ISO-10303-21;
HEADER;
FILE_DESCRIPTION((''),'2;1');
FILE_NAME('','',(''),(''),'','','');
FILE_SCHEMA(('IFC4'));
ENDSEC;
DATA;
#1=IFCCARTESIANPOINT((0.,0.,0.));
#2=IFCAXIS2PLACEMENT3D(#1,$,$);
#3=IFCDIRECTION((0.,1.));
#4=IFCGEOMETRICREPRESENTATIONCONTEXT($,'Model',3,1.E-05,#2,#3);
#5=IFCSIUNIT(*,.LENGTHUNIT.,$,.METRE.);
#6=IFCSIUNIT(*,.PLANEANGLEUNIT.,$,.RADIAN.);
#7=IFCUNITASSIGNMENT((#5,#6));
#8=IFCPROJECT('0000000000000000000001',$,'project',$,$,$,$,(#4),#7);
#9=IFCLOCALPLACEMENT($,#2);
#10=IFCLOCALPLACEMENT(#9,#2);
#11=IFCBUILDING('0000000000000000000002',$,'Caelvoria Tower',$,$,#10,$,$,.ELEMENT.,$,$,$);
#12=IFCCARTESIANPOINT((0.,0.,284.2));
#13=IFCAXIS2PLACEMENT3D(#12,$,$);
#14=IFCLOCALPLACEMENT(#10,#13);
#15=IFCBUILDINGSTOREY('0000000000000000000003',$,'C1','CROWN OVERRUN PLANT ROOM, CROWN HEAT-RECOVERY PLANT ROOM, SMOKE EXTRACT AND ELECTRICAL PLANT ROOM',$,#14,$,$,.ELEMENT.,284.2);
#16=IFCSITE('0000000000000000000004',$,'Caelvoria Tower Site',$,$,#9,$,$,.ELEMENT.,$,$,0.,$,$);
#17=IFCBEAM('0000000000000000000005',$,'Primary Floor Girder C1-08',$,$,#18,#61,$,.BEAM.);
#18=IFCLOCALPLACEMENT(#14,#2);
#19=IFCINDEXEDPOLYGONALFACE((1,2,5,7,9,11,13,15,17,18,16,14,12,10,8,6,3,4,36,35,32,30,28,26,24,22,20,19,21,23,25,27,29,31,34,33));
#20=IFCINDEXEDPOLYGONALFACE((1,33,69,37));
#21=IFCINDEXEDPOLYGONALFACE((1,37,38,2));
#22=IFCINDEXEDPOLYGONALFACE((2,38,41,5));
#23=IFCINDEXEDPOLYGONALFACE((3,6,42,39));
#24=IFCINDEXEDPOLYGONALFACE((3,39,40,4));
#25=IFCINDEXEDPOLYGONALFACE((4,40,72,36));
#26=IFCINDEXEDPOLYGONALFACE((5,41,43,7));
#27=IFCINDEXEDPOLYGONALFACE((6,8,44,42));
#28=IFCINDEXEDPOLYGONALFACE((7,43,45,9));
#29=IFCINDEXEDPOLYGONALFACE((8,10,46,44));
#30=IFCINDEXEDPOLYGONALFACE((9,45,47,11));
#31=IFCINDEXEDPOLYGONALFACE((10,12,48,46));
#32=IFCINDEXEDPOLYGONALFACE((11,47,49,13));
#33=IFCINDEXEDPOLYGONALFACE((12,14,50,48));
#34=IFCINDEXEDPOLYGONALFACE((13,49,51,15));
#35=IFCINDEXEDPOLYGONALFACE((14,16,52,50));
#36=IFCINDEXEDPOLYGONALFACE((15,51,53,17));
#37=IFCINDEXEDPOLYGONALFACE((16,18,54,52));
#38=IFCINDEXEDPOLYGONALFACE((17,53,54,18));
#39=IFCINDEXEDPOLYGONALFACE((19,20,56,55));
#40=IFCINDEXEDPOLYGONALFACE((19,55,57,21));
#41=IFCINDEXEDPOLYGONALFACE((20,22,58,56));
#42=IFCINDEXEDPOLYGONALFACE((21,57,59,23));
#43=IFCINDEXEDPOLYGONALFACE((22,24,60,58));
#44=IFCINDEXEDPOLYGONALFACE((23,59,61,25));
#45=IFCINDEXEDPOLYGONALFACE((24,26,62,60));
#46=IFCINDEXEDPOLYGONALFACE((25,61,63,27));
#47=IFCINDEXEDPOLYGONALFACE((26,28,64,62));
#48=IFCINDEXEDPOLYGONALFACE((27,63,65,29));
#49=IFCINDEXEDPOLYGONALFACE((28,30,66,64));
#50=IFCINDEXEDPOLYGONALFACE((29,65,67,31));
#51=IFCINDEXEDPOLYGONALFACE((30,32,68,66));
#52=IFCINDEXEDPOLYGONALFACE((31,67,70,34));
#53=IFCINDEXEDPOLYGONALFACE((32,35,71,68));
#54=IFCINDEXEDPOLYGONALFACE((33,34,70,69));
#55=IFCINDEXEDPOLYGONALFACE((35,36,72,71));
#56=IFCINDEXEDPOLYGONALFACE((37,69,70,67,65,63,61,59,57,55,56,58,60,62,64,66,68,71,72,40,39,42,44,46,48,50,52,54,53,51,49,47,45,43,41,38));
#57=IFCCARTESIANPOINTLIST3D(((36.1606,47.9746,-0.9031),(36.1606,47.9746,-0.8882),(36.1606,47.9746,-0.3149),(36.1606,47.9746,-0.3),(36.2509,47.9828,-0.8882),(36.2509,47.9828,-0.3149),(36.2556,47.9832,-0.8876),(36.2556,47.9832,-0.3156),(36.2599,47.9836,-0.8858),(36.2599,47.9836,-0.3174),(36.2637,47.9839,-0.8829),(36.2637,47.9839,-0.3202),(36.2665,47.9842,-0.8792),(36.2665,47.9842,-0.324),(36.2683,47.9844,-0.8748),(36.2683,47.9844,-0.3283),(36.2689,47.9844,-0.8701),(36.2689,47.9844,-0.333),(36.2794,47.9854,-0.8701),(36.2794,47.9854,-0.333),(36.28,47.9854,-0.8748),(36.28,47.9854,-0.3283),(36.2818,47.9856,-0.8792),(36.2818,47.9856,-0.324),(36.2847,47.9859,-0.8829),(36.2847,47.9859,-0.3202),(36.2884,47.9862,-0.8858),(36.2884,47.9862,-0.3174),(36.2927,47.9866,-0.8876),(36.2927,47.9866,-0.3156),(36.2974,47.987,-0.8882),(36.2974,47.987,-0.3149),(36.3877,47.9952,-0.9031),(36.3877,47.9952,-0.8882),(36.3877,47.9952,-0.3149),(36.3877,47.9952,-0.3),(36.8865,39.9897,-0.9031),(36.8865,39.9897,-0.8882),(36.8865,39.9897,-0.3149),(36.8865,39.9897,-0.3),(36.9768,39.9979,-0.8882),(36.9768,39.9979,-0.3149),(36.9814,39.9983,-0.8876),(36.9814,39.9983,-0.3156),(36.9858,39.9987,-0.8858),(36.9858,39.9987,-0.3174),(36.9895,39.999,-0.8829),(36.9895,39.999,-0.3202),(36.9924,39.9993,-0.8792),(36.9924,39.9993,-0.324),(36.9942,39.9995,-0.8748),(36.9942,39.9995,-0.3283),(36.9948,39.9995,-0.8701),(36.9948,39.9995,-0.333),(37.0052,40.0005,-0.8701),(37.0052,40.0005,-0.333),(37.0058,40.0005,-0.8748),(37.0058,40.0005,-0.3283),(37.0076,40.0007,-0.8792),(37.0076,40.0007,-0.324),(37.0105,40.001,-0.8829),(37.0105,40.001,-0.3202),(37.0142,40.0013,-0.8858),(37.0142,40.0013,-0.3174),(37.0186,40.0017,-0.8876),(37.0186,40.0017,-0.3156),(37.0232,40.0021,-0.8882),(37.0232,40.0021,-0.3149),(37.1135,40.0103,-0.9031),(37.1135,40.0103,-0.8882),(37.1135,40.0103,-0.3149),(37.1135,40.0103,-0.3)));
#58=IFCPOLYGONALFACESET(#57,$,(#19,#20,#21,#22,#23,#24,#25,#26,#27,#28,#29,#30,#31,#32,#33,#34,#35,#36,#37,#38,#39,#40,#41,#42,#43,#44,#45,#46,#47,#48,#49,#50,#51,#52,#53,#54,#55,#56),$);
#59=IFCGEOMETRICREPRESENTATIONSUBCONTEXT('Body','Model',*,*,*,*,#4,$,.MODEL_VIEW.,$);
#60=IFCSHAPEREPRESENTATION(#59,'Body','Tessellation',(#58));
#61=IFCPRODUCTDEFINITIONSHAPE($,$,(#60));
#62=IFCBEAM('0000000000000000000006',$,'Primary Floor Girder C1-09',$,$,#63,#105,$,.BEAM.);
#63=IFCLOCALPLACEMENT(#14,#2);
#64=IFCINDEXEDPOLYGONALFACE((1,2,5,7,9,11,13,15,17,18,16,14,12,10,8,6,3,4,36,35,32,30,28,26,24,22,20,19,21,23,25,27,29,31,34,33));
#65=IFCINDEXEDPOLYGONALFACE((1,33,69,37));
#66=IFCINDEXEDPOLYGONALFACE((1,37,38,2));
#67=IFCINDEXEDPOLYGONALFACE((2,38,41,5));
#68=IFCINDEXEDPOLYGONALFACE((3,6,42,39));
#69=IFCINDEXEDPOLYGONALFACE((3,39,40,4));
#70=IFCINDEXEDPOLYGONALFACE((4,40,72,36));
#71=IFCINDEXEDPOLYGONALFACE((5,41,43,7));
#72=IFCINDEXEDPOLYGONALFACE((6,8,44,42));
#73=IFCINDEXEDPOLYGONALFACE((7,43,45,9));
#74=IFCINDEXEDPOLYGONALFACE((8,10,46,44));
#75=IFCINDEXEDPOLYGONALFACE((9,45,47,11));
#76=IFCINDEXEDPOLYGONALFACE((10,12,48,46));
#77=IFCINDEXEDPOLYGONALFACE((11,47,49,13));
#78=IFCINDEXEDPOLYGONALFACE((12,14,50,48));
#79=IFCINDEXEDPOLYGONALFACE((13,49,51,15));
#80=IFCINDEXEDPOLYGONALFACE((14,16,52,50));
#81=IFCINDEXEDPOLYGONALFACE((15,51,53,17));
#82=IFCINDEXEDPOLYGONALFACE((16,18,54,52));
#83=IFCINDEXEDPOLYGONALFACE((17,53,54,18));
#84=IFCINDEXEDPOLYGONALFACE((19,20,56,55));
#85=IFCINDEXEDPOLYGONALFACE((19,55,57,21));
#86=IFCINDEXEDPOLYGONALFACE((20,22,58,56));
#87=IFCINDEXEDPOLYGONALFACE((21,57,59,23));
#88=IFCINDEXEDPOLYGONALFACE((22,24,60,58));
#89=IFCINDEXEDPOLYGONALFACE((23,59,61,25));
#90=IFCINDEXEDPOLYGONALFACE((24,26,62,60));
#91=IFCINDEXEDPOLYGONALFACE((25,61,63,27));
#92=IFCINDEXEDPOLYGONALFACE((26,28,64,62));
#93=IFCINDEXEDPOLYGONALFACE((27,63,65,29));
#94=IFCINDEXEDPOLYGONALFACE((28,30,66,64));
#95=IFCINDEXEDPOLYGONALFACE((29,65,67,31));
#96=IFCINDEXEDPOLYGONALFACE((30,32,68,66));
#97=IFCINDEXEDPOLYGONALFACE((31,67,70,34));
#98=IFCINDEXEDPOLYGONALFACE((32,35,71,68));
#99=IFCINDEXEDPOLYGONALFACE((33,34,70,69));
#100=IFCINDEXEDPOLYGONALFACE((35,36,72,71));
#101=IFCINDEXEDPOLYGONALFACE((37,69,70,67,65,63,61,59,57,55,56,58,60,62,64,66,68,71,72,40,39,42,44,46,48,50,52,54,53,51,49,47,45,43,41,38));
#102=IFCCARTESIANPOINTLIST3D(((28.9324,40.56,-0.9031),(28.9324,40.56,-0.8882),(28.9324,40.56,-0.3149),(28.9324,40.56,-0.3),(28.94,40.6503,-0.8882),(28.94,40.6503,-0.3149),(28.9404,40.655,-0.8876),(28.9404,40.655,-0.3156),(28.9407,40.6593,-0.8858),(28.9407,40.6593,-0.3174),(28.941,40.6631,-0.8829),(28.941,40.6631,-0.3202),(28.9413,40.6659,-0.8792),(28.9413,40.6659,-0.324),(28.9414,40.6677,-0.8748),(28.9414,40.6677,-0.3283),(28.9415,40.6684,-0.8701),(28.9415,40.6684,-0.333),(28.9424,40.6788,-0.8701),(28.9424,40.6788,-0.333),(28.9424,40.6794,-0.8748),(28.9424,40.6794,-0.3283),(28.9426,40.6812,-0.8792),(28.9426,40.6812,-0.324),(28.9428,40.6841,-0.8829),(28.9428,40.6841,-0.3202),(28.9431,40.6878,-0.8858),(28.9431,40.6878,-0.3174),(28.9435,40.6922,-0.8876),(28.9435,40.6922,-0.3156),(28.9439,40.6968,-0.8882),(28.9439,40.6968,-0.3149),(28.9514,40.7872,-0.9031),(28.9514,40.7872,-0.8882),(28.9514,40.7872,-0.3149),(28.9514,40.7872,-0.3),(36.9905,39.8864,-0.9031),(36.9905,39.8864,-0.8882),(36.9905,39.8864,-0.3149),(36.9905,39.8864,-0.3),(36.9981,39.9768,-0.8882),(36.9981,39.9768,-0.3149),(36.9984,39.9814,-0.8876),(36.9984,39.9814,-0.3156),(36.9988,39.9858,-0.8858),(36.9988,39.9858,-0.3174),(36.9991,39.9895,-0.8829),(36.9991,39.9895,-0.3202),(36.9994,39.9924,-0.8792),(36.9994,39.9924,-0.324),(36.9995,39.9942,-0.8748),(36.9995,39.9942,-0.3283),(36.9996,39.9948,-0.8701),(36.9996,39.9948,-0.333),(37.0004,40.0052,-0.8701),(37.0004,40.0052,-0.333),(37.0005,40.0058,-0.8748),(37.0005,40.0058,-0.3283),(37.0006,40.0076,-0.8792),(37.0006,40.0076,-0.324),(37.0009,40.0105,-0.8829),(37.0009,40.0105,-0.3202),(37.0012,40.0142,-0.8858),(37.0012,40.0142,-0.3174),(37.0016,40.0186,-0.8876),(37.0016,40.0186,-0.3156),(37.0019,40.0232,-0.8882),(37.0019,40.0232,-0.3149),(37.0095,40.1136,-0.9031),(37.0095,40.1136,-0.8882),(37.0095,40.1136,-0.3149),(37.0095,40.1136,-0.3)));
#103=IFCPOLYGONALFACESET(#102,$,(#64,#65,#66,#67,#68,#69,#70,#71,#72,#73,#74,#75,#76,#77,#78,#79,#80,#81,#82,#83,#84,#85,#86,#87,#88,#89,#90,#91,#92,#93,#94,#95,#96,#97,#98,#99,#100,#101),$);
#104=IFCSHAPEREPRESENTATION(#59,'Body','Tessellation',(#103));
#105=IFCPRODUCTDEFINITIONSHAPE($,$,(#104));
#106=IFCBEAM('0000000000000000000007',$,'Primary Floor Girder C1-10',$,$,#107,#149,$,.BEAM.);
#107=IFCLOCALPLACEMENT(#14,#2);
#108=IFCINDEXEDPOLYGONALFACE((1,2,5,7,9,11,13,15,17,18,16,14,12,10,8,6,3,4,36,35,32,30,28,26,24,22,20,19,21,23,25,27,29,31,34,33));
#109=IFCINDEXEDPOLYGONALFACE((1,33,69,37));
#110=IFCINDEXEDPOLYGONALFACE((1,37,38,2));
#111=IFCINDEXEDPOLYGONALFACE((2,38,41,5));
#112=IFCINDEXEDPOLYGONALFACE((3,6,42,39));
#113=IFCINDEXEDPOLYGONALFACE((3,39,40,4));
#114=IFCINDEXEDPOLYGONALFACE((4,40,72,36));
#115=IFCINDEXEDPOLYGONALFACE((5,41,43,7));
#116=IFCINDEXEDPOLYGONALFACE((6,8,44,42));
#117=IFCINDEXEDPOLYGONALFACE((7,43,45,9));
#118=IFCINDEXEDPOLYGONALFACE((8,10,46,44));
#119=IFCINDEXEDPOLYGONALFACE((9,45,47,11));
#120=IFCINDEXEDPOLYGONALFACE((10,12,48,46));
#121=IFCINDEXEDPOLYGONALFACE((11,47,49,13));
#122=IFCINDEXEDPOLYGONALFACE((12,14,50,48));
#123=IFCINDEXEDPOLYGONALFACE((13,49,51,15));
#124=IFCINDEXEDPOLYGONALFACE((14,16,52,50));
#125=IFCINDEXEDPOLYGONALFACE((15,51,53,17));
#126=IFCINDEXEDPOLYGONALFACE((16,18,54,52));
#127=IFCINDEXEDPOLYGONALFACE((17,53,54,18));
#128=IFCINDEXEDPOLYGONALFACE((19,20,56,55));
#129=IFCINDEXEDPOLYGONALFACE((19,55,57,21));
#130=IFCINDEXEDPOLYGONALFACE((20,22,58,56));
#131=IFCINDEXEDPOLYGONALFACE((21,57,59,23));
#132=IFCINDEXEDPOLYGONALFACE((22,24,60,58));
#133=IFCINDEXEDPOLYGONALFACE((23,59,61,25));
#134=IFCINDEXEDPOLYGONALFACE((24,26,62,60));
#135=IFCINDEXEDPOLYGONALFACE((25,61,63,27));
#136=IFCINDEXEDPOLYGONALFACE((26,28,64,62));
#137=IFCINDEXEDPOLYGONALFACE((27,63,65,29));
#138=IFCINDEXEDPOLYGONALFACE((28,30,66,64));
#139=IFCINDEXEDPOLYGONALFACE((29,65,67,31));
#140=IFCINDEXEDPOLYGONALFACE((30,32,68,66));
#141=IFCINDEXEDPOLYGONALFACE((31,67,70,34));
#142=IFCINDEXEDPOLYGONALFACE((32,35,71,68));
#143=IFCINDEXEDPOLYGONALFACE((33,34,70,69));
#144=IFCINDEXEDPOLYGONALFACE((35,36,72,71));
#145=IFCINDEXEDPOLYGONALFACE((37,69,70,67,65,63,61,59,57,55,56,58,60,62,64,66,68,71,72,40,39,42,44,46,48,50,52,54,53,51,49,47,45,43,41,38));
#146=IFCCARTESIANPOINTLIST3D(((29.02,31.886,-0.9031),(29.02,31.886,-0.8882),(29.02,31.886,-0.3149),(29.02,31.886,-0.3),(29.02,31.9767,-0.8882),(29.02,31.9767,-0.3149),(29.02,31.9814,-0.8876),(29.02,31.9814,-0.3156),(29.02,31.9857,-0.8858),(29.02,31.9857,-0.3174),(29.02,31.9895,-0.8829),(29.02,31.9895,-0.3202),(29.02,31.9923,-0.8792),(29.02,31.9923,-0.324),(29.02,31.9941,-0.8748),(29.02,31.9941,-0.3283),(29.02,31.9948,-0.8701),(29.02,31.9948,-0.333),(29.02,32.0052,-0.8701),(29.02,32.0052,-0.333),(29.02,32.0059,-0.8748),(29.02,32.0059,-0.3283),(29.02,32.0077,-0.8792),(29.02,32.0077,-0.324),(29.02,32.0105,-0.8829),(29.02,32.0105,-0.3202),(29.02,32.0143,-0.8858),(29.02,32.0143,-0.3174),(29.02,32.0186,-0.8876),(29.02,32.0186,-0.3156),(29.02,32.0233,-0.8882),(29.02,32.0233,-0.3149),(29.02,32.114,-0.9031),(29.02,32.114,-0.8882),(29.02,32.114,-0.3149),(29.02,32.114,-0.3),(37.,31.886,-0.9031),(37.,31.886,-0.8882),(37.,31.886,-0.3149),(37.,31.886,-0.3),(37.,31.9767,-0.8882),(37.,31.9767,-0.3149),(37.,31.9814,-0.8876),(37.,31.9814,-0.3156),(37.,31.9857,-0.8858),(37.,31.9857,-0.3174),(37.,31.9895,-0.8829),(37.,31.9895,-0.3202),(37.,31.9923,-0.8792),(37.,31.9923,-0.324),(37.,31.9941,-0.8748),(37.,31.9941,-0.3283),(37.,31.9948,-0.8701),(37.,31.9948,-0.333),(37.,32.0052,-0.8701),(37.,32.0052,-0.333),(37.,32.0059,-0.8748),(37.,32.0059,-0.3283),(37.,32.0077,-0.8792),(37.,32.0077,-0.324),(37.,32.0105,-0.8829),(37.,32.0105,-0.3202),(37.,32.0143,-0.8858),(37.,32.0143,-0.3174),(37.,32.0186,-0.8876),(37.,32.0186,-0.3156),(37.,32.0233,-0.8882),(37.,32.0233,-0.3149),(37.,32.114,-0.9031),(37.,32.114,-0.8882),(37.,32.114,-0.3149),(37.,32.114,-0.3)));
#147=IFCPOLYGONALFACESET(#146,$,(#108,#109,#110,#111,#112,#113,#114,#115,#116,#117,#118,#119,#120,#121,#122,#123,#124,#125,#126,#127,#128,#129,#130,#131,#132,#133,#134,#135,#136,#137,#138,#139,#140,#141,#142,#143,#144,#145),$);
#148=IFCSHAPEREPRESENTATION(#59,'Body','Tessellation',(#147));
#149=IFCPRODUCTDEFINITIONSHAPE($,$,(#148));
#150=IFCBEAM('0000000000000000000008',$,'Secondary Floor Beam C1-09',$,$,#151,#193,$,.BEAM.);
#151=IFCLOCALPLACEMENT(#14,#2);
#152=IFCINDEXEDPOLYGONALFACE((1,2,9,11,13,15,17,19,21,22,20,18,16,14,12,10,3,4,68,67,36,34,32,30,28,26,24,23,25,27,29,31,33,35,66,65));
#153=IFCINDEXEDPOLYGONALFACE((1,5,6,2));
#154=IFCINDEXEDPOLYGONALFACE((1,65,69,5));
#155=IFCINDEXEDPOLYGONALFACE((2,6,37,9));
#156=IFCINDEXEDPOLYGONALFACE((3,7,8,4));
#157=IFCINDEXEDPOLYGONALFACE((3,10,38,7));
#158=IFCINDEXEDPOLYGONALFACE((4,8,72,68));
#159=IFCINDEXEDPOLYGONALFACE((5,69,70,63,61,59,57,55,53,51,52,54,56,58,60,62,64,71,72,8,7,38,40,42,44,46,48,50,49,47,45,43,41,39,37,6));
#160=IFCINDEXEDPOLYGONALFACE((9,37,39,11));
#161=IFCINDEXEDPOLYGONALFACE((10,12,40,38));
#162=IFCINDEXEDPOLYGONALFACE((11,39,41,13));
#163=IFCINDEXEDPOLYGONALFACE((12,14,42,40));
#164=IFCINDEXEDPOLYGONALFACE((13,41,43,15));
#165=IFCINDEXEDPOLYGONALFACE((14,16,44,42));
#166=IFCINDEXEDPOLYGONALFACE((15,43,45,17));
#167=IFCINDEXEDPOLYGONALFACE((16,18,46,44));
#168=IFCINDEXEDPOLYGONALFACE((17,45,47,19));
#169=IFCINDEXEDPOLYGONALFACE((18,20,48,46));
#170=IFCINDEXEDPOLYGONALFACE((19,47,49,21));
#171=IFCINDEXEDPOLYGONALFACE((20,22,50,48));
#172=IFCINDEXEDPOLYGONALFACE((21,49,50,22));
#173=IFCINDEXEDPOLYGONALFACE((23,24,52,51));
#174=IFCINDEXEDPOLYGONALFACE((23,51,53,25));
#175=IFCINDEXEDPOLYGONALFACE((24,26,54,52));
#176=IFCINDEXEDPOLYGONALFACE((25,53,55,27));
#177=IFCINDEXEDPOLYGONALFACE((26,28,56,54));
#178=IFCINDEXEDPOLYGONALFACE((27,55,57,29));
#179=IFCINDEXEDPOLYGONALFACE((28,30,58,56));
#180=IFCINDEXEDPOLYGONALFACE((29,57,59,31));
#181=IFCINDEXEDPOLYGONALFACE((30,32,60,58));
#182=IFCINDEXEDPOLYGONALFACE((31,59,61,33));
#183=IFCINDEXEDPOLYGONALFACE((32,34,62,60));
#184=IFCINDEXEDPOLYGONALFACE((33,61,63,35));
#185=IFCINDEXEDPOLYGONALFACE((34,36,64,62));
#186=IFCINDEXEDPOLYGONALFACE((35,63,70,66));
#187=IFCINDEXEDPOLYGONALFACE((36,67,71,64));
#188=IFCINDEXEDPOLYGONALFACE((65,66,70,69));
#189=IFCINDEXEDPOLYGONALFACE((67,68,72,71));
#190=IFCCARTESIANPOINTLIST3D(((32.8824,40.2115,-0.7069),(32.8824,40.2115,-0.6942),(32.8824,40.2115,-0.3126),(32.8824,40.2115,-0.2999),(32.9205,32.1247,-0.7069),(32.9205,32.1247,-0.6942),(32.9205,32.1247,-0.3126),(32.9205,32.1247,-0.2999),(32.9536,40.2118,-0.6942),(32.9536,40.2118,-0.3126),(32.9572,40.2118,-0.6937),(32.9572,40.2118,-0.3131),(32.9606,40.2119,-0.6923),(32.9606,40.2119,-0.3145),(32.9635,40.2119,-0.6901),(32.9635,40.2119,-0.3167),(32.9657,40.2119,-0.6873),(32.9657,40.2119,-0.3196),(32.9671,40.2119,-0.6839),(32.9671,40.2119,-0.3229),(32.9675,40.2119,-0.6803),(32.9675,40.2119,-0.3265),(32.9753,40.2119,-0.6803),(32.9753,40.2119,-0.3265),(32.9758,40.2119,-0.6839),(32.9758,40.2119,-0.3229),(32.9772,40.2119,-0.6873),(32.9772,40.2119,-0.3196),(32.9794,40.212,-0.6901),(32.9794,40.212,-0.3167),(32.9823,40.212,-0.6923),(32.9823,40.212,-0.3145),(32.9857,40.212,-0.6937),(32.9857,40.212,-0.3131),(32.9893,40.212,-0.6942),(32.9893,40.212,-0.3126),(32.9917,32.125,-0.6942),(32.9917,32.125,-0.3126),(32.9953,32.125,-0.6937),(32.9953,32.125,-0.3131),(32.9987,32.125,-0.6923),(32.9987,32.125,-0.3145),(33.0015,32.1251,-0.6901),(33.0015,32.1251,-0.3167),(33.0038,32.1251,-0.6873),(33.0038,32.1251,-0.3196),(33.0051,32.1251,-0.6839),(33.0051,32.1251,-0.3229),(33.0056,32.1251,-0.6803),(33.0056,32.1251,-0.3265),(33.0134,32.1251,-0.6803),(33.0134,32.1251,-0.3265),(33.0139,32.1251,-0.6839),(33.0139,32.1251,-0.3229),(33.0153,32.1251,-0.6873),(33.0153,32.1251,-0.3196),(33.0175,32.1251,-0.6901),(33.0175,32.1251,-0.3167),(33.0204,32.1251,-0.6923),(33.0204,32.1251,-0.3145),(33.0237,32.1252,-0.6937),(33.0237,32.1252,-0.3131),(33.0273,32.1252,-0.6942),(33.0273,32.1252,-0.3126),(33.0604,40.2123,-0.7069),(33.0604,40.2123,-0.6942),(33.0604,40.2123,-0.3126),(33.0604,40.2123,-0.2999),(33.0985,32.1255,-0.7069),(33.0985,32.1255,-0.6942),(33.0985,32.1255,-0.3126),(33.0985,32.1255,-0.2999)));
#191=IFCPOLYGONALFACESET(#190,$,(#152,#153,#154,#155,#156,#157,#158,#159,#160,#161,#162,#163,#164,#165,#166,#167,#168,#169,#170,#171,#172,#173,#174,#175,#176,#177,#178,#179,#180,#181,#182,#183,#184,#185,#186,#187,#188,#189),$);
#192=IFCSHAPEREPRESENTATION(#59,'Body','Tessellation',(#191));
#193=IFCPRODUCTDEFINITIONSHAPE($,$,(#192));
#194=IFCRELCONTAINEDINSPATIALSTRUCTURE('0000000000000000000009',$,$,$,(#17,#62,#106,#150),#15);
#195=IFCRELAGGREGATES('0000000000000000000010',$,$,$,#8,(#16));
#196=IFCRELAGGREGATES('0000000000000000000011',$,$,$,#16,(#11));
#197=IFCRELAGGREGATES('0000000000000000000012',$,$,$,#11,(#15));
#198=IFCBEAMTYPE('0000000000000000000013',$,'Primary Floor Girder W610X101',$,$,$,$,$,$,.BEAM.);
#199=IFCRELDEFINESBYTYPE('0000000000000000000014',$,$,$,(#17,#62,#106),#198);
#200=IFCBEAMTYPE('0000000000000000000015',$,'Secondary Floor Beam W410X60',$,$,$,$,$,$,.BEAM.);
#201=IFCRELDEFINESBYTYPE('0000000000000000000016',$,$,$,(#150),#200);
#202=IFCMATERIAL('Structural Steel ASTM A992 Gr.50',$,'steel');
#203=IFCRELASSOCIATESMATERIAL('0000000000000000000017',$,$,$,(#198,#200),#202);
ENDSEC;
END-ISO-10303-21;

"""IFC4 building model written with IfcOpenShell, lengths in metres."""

from ifc_helpers import new_model, si_unit, direction, frame, origin, origin_2d, place, context, subcontext, project, spatial, i_section, extrude, material, material_profile, profile_set, type_object, element, save


model = new_model("IFC4")

# Units and contexts
model_context = context("Model", 3, precision=1e-05, world=origin(), true_north=direction((0.0, 1.0)))
body_context = subcontext(model_context, "Body", "Model", "MODEL_VIEW")
ifc_project = project(units=[si_unit("LENGTHUNIT", "METRE"), si_unit("PLANEANGLEUNIT", "RADIAN")], contexts=[model_context])

# Site, building, storey
site_placement = place(None, origin())
site = spatial("IfcSite", under=ifc_project, at=site_placement, Name="Caelvoria Tower Site", CompositionType="ELEMENT", RefElevation=0.0)
building_placement = place(site_placement, origin())
building = spatial("IfcBuilding", under=site, at=building_placement, Name="Caelvoria Tower", CompositionType="ELEMENT")
storey_placement = place(building_placement, frame((0.0, 0.0, 284.2)))
storey = spatial("IfcBuildingStorey", under=building, at=storey_placement, Name="C1", Description="CROWN OVERRUN PLANT ROOM, CROWN HEAT-RECOVERY PLANT ROOM, SMOKE EXTRACT AND ELECTRICAL PLANT ROOM", CompositionType="ELEMENT", Elevation=284.2)

# Shared definitions
ifc_material_1 = material(Name="Structural Steel ASTM A992 Gr.50", Category="steel")

# Beams
ifc_material_profile_1 = material_profile(ifc_material_1, i_section(OverallWidth=0.228, OverallDepth=0.603, WebThickness=0.0105, FlangeThickness=0.0149, FilletRadius=0.0181, at=origin_2d()), Name="Structural Steel ASTM A992 Gr.50")
ifc_profile_set_1 = profile_set([ifc_material_profile_1], Name="W610X101 - Structural Steel ASTM A992 Gr.50")
beam_type_1 = type_object("IfcBeamType", Name="Primary Floor Girder W610X101", PredefinedType="BEAM", material=ifc_profile_set_1)
beam_1_placement = place(storey_placement, frame((37.0, 40.0, -0.6016), z_axis=(-0.090528, 0.995894, 0.0), x_axis=(-0.995894, -0.090528, 0.0)))
element("IfcBeam", 1, at=beam_1_placement, inside=storey, type_object=beam_type_1, Name="Primary Floor Girder C1-08", PredefinedType="BEAM", context=body_context, shape_type="SweptSolid", body=[
    extrude(i_section(OverallWidth=0.228, OverallDepth=0.603, WebThickness=0.0105, FlangeThickness=0.0149, FilletRadius=0.0181, at=origin_2d()), origin(), (0.0, 0.0, 1.0), 8.0178),
])
beam_2_placement = place(storey_placement, frame((37.0, 40.0, -0.6016), z_axis=(-0.996524, 0.0833, 0.0), x_axis=(-0.0833, -0.996524, 0.0)))
element("IfcBeam", 2, at=beam_2_placement, inside=storey, type_object=beam_type_1, Name="Primary Floor Girder C1-09", PredefinedType="BEAM", context=body_context, shape_type="SweptSolid", body=[
    extrude(i_section(OverallWidth=0.228, OverallDepth=0.603, WebThickness=0.0105, FlangeThickness=0.0149, FilletRadius=0.0181, at=origin_2d()), origin(), (0.0, 0.0, 1.0), 8.0862),
])
beam_3_placement = place(storey_placement, frame((37.0, 32.0, -0.6016), z_axis=(-1.0, 0.0, 0.0), x_axis=(0.0, -1.0, 0.0)))
element("IfcBeam", 3, at=beam_3_placement, inside=storey, type_object=beam_type_1, Name="Primary Floor Girder C1-10", PredefinedType="BEAM", context=body_context, shape_type="SweptSolid", body=[
    extrude(i_section(OverallWidth=0.228, OverallDepth=0.603, WebThickness=0.0105, FlangeThickness=0.0149, FilletRadius=0.0181, at=origin_2d()), origin(), (0.0, 0.0, 1.0), 7.98),
])
ifc_material_profile_2 = material_profile(ifc_material_1, i_section(OverallWidth=0.178, OverallDepth=0.407, WebThickness=0.0078, FlangeThickness=0.0127, FilletRadius=0.0139, at=origin_2d()), Name="Structural Steel ASTM A992 Gr.50")
ifc_profile_set_2 = profile_set([ifc_material_profile_2], Name="W410X60 - Structural Steel ASTM A992 Gr.50")
beam_type_2 = type_object("IfcBeamType", Name="Secondary Floor Beam W410X60", PredefinedType="BEAM", material=ifc_profile_set_2)
beam_4_placement = place(storey_placement, frame((32.9714, 40.2119, -0.5034), z_axis=(0.00471, -0.999989, 0.0), x_axis=(0.999989, 0.00471, 0.0)))
element("IfcBeam", 4, at=beam_4_placement, inside=storey, type_object=beam_type_2, Name="Secondary Floor Beam C1-09", PredefinedType="BEAM", context=body_context, shape_type="SweptSolid", body=[
    extrude(i_section(OverallWidth=0.178, OverallDepth=0.407, WebThickness=0.0078, FlangeThickness=0.0127, FilletRadius=0.0139, at=origin_2d()), origin(), (0.0, 0.0, 1.0), 8.0869),
])

save(model, "model.ifc")
